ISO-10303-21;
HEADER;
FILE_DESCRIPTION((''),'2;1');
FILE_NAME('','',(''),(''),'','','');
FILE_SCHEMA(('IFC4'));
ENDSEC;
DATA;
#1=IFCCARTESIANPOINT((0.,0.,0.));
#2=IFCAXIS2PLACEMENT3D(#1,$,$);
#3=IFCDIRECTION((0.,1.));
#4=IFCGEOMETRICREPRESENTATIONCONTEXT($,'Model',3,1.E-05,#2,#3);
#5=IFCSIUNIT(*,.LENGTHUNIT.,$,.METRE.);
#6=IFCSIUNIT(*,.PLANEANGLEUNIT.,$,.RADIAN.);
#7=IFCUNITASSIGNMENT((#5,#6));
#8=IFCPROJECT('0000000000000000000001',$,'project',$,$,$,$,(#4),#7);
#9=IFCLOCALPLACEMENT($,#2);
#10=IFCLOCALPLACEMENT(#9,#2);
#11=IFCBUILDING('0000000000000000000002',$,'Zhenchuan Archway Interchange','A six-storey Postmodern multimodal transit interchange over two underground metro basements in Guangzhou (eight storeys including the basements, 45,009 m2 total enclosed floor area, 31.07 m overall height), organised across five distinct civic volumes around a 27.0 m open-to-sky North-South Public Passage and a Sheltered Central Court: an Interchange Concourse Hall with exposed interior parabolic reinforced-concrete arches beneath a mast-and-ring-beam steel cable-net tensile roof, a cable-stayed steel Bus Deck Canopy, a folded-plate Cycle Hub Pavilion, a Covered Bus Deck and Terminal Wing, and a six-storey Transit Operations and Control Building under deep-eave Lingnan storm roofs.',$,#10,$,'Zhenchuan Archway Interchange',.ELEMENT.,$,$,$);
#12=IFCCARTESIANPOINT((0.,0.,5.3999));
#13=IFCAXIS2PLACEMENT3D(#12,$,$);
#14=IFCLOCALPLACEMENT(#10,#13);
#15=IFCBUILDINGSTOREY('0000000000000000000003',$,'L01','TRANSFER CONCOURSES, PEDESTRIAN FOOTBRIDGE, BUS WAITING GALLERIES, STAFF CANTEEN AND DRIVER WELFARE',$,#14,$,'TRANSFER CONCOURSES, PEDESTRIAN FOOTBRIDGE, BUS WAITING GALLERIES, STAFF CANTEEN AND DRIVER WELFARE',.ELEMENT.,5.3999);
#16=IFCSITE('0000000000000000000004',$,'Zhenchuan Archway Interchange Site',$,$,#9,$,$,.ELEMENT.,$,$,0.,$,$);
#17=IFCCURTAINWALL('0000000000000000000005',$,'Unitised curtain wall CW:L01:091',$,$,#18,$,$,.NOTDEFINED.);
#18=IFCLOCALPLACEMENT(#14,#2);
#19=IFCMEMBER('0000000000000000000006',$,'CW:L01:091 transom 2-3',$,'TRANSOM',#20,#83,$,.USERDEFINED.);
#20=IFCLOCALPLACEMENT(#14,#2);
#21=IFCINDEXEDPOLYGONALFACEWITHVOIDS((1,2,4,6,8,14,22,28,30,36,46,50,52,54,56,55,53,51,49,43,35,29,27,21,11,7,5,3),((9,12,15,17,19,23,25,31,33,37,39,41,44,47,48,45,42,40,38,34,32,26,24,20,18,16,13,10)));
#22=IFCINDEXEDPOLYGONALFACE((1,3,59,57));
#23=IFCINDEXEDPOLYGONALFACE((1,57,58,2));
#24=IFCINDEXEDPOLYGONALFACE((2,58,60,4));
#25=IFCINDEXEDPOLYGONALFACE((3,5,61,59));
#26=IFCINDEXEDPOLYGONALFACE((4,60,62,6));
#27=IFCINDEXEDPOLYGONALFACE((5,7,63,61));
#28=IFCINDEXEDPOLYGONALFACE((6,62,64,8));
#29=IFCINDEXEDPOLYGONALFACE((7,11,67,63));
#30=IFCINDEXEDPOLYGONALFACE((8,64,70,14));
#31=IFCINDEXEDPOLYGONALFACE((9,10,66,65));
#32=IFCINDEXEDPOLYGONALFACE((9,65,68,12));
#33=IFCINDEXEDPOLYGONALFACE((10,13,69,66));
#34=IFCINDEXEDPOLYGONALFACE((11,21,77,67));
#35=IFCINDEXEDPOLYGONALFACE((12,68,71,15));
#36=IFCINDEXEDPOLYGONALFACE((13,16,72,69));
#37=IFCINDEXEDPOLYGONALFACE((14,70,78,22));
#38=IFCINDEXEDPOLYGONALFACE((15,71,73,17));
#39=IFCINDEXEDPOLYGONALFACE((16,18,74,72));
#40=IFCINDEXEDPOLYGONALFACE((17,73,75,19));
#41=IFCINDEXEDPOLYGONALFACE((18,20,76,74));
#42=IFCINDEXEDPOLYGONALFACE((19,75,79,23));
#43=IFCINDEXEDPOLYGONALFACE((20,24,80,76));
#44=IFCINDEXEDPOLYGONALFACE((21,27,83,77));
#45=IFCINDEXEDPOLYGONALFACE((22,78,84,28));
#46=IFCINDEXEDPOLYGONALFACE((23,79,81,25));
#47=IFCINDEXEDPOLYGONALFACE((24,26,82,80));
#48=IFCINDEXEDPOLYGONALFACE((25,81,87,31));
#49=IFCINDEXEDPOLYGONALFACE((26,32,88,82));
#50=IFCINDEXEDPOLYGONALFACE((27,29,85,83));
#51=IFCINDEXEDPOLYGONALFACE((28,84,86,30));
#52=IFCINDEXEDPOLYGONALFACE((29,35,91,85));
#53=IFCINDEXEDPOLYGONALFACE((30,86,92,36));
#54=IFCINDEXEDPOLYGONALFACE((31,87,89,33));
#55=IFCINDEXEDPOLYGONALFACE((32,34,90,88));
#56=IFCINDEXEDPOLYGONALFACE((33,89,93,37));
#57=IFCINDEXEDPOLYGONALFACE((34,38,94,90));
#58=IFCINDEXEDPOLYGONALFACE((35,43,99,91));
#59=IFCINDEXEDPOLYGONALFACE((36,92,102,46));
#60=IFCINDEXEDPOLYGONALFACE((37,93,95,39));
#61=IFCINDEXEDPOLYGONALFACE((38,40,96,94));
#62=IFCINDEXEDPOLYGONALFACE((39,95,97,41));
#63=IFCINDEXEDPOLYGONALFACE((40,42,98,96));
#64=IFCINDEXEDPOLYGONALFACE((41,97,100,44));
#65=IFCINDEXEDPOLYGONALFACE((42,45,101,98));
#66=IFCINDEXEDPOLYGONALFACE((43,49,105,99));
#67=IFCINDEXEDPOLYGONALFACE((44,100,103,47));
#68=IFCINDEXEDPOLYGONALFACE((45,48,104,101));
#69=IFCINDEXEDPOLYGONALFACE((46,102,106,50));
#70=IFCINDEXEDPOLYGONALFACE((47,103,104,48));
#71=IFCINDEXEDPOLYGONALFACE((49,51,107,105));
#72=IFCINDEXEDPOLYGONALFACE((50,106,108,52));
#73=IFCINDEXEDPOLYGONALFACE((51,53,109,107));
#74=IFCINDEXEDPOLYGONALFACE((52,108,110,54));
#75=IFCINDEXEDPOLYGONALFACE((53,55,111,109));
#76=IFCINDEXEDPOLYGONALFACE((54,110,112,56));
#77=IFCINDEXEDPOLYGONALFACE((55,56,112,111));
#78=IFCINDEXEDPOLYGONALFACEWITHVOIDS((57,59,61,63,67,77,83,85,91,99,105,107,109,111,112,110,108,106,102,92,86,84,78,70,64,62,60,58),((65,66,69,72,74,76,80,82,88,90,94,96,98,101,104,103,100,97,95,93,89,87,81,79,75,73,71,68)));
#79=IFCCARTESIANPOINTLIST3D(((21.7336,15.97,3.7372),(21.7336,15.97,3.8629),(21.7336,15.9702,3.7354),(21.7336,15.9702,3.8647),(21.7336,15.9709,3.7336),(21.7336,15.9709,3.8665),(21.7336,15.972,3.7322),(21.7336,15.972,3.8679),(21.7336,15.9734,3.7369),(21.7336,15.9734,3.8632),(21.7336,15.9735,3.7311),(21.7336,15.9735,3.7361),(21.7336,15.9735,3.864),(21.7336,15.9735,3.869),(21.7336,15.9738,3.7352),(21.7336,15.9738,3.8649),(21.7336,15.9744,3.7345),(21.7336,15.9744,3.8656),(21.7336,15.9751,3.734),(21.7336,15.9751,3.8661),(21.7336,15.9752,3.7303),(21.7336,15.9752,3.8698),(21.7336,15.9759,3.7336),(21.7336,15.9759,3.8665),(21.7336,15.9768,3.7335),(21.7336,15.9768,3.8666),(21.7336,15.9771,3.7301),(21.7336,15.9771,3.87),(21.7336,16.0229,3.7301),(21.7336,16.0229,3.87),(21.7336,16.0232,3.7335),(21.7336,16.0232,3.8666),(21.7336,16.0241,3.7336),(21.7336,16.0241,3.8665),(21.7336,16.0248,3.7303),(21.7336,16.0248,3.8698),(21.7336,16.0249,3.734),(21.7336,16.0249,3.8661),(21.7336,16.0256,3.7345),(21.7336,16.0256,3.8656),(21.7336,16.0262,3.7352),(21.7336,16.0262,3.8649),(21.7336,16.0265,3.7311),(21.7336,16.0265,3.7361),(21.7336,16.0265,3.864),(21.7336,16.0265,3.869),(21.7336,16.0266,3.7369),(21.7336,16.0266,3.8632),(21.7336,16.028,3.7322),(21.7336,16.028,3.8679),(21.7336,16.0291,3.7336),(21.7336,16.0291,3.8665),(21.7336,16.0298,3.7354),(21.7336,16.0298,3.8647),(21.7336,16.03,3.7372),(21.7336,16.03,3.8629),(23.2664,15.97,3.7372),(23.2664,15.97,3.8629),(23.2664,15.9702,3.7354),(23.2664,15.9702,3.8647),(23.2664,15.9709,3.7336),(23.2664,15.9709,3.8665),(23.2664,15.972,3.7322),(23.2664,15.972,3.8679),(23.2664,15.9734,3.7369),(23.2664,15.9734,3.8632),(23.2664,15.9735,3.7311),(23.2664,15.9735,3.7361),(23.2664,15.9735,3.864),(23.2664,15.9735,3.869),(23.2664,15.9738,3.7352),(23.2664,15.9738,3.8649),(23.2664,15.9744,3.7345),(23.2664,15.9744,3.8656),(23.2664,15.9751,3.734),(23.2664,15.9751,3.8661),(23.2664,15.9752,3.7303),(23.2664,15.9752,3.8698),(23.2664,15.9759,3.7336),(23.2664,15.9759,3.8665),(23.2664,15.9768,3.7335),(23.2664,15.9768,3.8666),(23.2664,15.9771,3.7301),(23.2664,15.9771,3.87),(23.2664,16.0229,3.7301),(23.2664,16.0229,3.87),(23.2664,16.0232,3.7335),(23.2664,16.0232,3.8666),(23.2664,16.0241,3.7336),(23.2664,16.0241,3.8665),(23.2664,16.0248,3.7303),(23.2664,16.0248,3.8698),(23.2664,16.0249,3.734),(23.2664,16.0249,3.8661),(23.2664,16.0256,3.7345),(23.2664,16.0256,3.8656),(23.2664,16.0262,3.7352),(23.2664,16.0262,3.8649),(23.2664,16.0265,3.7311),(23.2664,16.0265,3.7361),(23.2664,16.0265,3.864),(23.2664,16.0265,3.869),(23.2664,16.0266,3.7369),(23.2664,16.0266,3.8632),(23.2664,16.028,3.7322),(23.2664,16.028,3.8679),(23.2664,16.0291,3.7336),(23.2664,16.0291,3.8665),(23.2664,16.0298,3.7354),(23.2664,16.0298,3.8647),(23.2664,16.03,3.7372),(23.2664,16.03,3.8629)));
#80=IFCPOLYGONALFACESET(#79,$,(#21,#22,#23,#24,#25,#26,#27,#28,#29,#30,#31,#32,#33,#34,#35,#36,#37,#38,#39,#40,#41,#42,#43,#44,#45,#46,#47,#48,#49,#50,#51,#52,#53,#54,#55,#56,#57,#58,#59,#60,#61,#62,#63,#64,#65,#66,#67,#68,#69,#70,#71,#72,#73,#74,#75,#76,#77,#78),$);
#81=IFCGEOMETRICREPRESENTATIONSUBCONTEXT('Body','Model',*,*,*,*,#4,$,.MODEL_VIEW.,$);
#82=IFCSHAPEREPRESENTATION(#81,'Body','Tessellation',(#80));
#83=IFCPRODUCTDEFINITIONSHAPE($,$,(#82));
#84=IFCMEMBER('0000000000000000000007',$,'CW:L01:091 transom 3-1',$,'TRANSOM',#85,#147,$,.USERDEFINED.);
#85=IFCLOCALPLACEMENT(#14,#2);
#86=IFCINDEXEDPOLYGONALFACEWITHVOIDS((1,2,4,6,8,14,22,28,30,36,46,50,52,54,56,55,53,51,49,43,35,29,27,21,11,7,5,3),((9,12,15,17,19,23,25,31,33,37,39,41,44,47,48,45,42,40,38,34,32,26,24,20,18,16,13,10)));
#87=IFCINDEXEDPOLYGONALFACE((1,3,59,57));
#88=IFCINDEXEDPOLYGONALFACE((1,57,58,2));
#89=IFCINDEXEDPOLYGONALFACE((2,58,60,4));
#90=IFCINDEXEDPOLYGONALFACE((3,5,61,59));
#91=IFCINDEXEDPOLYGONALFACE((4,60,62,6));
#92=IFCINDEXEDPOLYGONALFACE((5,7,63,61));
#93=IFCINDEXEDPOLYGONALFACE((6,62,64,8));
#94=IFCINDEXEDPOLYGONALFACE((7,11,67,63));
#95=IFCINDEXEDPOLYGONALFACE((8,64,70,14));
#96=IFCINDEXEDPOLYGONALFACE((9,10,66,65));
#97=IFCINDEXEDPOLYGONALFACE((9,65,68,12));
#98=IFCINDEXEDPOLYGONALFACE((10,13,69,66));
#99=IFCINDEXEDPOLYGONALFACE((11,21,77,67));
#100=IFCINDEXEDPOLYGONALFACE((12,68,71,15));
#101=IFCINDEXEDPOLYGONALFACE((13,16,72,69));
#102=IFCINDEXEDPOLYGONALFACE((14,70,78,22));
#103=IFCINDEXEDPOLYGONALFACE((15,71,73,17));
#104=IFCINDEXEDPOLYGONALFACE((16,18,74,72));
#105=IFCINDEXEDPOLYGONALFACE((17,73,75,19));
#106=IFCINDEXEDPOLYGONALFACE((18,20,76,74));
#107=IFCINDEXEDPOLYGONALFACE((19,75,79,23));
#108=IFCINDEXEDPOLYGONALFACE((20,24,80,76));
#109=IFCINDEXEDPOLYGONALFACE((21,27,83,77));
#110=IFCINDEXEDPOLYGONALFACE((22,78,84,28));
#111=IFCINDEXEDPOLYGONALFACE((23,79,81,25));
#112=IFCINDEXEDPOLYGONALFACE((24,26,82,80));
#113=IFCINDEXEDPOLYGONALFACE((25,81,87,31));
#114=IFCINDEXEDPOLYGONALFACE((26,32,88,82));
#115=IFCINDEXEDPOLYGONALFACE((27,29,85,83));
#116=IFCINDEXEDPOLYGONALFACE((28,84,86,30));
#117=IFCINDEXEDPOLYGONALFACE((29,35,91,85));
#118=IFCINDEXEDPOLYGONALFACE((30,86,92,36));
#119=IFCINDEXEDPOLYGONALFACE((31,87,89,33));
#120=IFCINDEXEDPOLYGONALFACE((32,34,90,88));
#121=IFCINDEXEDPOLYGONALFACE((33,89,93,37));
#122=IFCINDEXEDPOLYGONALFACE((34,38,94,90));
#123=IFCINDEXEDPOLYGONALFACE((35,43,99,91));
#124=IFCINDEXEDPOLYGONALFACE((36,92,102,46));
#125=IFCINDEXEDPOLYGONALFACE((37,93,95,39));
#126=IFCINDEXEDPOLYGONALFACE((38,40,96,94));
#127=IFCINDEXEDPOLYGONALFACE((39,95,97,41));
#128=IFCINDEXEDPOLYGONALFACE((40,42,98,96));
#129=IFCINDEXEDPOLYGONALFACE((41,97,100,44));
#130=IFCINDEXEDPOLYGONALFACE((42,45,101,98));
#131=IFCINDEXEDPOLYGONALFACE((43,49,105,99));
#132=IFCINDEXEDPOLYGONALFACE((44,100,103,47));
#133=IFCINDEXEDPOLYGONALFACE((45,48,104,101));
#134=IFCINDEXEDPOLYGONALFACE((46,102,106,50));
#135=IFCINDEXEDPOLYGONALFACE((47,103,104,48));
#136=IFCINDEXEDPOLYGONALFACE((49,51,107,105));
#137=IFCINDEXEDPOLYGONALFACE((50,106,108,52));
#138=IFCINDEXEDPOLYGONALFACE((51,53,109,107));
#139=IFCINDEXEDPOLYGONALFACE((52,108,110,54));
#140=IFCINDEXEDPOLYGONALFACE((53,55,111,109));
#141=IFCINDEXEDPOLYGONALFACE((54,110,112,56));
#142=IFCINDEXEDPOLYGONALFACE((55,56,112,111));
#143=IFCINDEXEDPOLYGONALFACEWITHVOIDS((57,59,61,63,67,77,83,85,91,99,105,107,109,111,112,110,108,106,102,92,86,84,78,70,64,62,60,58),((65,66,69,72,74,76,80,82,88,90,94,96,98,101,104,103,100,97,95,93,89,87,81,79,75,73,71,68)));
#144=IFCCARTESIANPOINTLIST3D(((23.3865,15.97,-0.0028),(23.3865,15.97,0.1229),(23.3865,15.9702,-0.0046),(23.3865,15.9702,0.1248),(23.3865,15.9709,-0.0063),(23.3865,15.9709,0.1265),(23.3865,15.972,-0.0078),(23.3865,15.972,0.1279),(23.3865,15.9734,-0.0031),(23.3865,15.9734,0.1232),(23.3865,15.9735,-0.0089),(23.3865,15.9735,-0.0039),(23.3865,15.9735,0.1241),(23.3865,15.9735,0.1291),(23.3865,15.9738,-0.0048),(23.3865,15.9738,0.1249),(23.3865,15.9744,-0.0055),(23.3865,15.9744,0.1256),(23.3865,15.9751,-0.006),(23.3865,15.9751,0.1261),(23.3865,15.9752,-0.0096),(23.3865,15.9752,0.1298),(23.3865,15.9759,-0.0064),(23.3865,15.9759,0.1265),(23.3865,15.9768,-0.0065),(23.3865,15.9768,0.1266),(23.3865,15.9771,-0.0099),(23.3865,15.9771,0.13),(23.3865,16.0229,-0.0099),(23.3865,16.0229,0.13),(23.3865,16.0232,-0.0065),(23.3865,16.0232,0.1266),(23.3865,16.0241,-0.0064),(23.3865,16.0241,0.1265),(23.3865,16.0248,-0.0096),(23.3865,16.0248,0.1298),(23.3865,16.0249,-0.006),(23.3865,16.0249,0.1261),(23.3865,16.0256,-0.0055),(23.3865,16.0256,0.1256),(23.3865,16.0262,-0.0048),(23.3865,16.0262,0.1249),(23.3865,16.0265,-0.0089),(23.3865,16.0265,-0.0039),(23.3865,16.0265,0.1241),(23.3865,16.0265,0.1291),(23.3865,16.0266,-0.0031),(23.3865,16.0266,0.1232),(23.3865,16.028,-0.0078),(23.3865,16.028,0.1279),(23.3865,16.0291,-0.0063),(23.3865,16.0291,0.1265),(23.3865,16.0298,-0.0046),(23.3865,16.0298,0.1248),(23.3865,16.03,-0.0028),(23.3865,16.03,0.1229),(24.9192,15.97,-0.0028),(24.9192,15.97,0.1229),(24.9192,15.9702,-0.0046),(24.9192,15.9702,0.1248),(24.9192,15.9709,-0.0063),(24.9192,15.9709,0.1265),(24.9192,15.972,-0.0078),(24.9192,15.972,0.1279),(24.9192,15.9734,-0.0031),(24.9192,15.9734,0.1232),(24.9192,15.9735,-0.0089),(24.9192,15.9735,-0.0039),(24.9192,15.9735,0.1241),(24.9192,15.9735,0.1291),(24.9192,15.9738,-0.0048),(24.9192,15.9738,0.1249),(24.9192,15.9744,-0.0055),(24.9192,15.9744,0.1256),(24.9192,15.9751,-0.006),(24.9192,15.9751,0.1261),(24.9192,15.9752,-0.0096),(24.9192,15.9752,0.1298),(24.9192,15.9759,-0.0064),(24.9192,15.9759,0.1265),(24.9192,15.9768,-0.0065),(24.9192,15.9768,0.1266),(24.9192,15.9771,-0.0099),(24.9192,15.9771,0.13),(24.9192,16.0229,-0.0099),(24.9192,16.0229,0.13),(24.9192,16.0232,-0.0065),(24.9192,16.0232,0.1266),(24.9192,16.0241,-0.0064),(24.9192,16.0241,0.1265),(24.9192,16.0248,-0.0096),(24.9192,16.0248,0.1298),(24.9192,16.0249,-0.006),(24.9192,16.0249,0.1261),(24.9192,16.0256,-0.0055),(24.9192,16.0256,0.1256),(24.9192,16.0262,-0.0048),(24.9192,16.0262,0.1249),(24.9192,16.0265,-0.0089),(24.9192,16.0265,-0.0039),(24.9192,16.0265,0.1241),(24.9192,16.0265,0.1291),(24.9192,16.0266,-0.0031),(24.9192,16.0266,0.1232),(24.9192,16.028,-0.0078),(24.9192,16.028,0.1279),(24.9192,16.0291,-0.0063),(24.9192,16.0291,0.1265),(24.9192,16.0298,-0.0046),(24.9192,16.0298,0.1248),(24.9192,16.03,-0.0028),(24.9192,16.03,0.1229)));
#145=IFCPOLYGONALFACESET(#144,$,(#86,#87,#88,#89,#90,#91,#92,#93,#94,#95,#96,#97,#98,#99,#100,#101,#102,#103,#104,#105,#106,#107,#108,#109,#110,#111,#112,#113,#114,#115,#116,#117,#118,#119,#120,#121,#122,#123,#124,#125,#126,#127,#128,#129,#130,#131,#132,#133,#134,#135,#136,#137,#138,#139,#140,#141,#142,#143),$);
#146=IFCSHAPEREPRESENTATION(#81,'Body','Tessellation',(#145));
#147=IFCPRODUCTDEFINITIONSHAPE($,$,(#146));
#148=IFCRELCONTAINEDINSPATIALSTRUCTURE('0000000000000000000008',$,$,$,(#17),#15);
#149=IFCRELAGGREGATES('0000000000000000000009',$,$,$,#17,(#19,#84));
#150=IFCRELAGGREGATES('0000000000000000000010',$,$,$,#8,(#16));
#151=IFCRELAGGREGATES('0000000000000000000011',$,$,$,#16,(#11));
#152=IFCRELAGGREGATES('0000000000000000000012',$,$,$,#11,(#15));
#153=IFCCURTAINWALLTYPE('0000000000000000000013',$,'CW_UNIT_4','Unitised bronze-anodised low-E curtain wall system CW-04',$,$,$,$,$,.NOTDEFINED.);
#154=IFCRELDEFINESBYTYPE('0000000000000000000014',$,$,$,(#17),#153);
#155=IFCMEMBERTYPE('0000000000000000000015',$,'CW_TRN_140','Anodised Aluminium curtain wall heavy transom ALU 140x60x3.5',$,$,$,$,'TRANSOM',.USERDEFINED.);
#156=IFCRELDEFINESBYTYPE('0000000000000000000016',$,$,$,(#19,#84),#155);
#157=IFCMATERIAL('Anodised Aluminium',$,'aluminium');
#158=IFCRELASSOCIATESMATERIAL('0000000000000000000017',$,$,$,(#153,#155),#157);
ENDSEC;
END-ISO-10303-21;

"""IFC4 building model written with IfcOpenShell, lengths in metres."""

from ifc_helpers import new_model, si_unit, direction, frame, origin, origin_2d, place, context, subcontext, project, spatial, hollow_rectangle, extrude, material, material_profile, profile_set, type_object, element, aggregate, save


model = new_model("IFC4")

# Units and contexts
model_context = context("Model", 3, precision=1e-05, world=origin(), true_north=direction((0.0, 1.0)))
body_context = subcontext(model_context, "Body", "Model", "MODEL_VIEW")
ifc_project = project(units=[si_unit("LENGTHUNIT", "METRE"), si_unit("PLANEANGLEUNIT", "RADIAN")], contexts=[model_context])

# Site, building, storey
site_placement = place(None, origin())
site = spatial("IfcSite", under=ifc_project, at=site_placement, Name="Zhenchuan Archway Interchange Site", CompositionType="ELEMENT", RefElevation=0.0)
building_placement = place(site_placement, origin())
building = spatial("IfcBuilding", under=site, at=building_placement, Name="Zhenchuan Archway Interchange", Description="A six-storey Postmodern multimodal transit interchange over two underground metro basements in Guangzhou (eight storeys including the basements, 45,009 m2 total enclosed floor area, 31.07 m overall height), organised across five distinct civic volumes around a 27.0 m open-to-sky North-South Public Passage and a Sheltered Central Court: an Interchange Concourse Hall with exposed interior parabolic reinforced-concrete arches beneath a mast-and-ring-beam steel cable-net tensile roof, a cable-stayed steel Bus Deck Canopy, a folded-plate Cycle Hub Pavilion, a Covered Bus Deck and Terminal Wing, and a six-storey Transit Operations and Control Building under deep-eave Lingnan storm roofs.", LongName="Zhenchuan Archway Interchange", CompositionType="ELEMENT")
storey_placement = place(building_placement, frame((0.0, 0.0, 5.3999)))
storey = spatial("IfcBuildingStorey", under=building, at=storey_placement, Name="L01", Description="TRANSFER CONCOURSES, PEDESTRIAN FOOTBRIDGE, BUS WAITING GALLERIES, STAFF CANTEEN AND DRIVER WELFARE", LongName="TRANSFER CONCOURSES, PEDESTRIAN FOOTBRIDGE, BUS WAITING GALLERIES, STAFF CANTEEN AND DRIVER WELFARE", CompositionType="ELEMENT", Elevation=5.3999)

# Curtain wall, members
ifc_material_1 = material(Name="Anodised Aluminium", Category="aluminium")
curtain_wall_type = type_object("IfcCurtainWallType", Name="CW_UNIT_4", Description="Unitised bronze-anodised low-E curtain wall system CW-04", PredefinedType="NOTDEFINED", material=ifc_material_1)
curtain_wall_placement = place(storey_placement, origin())
curtain_wall = element("IfcCurtainWall", 1, at=curtain_wall_placement, inside=storey, type_object=curtain_wall_type, Name="Unitised curtain wall CW:L01:091", PredefinedType="NOTDEFINED")
ifc_material_profile_1 = material_profile(ifc_material_1, hollow_rectangle(XDim=0.0601, YDim=0.1399, WallThickness=0.0034, InnerFilletRadius=0.0034, OuterFilletRadius=0.0071, at=origin_2d()), Name="ALU 140x60x3.5")
ifc_profile_set_1 = profile_set([ifc_material_profile_1], Name="Anodised Aluminium")
member_type_1 = type_object("IfcMemberType", Name="CW_TRN_140", Description="Anodised Aluminium curtain wall heavy transom ALU 140x60x3.5", ElementType="TRANSOM", PredefinedType="USERDEFINED", material=ifc_profile_set_1)
member_1_placement = place(storey_placement, frame((21.7336, 16.0, 3.8), z_axis=(1.0, 0.0, 0.0), x_axis=(0.0, 1.0, 0.0)))
member_1 = element("IfcMember", 2, at=member_1_placement, type_object=member_type_1, Name="CW:L01:091 transom 2-3", ObjectType="TRANSOM", PredefinedType="USERDEFINED", context=body_context, shape_type="SweptSolid", body=[
    extrude(hollow_rectangle(XDim=0.0601, YDim=0.1399, WallThickness=0.0034, InnerFilletRadius=0.0034, OuterFilletRadius=0.0071, at=origin_2d()), origin(), (0.0, 0.0, 1.0), 1.5327),
])
member_2_placement = place(storey_placement, frame((23.3865, 16.0, 0.0601), z_axis=(1.0, 0.0, 0.0), x_axis=(0.0, 1.0, 0.0)))
member_2 = element("IfcMember", 3, at=member_2_placement, type_object=member_type_1, Name="CW:L01:091 transom 3-1", ObjectType="TRANSOM", PredefinedType="USERDEFINED", context=body_context, shape_type="SweptSolid", body=[
    extrude(hollow_rectangle(XDim=0.0601, YDim=0.1399, WallThickness=0.0034, InnerFilletRadius=0.0034, OuterFilletRadius=0.0071, at=origin_2d()), origin(), (0.0, 0.0, 1.0), 1.5327),
])

aggregate(curtain_wall, [member_1, member_2])

save(model, "model.ifc")
